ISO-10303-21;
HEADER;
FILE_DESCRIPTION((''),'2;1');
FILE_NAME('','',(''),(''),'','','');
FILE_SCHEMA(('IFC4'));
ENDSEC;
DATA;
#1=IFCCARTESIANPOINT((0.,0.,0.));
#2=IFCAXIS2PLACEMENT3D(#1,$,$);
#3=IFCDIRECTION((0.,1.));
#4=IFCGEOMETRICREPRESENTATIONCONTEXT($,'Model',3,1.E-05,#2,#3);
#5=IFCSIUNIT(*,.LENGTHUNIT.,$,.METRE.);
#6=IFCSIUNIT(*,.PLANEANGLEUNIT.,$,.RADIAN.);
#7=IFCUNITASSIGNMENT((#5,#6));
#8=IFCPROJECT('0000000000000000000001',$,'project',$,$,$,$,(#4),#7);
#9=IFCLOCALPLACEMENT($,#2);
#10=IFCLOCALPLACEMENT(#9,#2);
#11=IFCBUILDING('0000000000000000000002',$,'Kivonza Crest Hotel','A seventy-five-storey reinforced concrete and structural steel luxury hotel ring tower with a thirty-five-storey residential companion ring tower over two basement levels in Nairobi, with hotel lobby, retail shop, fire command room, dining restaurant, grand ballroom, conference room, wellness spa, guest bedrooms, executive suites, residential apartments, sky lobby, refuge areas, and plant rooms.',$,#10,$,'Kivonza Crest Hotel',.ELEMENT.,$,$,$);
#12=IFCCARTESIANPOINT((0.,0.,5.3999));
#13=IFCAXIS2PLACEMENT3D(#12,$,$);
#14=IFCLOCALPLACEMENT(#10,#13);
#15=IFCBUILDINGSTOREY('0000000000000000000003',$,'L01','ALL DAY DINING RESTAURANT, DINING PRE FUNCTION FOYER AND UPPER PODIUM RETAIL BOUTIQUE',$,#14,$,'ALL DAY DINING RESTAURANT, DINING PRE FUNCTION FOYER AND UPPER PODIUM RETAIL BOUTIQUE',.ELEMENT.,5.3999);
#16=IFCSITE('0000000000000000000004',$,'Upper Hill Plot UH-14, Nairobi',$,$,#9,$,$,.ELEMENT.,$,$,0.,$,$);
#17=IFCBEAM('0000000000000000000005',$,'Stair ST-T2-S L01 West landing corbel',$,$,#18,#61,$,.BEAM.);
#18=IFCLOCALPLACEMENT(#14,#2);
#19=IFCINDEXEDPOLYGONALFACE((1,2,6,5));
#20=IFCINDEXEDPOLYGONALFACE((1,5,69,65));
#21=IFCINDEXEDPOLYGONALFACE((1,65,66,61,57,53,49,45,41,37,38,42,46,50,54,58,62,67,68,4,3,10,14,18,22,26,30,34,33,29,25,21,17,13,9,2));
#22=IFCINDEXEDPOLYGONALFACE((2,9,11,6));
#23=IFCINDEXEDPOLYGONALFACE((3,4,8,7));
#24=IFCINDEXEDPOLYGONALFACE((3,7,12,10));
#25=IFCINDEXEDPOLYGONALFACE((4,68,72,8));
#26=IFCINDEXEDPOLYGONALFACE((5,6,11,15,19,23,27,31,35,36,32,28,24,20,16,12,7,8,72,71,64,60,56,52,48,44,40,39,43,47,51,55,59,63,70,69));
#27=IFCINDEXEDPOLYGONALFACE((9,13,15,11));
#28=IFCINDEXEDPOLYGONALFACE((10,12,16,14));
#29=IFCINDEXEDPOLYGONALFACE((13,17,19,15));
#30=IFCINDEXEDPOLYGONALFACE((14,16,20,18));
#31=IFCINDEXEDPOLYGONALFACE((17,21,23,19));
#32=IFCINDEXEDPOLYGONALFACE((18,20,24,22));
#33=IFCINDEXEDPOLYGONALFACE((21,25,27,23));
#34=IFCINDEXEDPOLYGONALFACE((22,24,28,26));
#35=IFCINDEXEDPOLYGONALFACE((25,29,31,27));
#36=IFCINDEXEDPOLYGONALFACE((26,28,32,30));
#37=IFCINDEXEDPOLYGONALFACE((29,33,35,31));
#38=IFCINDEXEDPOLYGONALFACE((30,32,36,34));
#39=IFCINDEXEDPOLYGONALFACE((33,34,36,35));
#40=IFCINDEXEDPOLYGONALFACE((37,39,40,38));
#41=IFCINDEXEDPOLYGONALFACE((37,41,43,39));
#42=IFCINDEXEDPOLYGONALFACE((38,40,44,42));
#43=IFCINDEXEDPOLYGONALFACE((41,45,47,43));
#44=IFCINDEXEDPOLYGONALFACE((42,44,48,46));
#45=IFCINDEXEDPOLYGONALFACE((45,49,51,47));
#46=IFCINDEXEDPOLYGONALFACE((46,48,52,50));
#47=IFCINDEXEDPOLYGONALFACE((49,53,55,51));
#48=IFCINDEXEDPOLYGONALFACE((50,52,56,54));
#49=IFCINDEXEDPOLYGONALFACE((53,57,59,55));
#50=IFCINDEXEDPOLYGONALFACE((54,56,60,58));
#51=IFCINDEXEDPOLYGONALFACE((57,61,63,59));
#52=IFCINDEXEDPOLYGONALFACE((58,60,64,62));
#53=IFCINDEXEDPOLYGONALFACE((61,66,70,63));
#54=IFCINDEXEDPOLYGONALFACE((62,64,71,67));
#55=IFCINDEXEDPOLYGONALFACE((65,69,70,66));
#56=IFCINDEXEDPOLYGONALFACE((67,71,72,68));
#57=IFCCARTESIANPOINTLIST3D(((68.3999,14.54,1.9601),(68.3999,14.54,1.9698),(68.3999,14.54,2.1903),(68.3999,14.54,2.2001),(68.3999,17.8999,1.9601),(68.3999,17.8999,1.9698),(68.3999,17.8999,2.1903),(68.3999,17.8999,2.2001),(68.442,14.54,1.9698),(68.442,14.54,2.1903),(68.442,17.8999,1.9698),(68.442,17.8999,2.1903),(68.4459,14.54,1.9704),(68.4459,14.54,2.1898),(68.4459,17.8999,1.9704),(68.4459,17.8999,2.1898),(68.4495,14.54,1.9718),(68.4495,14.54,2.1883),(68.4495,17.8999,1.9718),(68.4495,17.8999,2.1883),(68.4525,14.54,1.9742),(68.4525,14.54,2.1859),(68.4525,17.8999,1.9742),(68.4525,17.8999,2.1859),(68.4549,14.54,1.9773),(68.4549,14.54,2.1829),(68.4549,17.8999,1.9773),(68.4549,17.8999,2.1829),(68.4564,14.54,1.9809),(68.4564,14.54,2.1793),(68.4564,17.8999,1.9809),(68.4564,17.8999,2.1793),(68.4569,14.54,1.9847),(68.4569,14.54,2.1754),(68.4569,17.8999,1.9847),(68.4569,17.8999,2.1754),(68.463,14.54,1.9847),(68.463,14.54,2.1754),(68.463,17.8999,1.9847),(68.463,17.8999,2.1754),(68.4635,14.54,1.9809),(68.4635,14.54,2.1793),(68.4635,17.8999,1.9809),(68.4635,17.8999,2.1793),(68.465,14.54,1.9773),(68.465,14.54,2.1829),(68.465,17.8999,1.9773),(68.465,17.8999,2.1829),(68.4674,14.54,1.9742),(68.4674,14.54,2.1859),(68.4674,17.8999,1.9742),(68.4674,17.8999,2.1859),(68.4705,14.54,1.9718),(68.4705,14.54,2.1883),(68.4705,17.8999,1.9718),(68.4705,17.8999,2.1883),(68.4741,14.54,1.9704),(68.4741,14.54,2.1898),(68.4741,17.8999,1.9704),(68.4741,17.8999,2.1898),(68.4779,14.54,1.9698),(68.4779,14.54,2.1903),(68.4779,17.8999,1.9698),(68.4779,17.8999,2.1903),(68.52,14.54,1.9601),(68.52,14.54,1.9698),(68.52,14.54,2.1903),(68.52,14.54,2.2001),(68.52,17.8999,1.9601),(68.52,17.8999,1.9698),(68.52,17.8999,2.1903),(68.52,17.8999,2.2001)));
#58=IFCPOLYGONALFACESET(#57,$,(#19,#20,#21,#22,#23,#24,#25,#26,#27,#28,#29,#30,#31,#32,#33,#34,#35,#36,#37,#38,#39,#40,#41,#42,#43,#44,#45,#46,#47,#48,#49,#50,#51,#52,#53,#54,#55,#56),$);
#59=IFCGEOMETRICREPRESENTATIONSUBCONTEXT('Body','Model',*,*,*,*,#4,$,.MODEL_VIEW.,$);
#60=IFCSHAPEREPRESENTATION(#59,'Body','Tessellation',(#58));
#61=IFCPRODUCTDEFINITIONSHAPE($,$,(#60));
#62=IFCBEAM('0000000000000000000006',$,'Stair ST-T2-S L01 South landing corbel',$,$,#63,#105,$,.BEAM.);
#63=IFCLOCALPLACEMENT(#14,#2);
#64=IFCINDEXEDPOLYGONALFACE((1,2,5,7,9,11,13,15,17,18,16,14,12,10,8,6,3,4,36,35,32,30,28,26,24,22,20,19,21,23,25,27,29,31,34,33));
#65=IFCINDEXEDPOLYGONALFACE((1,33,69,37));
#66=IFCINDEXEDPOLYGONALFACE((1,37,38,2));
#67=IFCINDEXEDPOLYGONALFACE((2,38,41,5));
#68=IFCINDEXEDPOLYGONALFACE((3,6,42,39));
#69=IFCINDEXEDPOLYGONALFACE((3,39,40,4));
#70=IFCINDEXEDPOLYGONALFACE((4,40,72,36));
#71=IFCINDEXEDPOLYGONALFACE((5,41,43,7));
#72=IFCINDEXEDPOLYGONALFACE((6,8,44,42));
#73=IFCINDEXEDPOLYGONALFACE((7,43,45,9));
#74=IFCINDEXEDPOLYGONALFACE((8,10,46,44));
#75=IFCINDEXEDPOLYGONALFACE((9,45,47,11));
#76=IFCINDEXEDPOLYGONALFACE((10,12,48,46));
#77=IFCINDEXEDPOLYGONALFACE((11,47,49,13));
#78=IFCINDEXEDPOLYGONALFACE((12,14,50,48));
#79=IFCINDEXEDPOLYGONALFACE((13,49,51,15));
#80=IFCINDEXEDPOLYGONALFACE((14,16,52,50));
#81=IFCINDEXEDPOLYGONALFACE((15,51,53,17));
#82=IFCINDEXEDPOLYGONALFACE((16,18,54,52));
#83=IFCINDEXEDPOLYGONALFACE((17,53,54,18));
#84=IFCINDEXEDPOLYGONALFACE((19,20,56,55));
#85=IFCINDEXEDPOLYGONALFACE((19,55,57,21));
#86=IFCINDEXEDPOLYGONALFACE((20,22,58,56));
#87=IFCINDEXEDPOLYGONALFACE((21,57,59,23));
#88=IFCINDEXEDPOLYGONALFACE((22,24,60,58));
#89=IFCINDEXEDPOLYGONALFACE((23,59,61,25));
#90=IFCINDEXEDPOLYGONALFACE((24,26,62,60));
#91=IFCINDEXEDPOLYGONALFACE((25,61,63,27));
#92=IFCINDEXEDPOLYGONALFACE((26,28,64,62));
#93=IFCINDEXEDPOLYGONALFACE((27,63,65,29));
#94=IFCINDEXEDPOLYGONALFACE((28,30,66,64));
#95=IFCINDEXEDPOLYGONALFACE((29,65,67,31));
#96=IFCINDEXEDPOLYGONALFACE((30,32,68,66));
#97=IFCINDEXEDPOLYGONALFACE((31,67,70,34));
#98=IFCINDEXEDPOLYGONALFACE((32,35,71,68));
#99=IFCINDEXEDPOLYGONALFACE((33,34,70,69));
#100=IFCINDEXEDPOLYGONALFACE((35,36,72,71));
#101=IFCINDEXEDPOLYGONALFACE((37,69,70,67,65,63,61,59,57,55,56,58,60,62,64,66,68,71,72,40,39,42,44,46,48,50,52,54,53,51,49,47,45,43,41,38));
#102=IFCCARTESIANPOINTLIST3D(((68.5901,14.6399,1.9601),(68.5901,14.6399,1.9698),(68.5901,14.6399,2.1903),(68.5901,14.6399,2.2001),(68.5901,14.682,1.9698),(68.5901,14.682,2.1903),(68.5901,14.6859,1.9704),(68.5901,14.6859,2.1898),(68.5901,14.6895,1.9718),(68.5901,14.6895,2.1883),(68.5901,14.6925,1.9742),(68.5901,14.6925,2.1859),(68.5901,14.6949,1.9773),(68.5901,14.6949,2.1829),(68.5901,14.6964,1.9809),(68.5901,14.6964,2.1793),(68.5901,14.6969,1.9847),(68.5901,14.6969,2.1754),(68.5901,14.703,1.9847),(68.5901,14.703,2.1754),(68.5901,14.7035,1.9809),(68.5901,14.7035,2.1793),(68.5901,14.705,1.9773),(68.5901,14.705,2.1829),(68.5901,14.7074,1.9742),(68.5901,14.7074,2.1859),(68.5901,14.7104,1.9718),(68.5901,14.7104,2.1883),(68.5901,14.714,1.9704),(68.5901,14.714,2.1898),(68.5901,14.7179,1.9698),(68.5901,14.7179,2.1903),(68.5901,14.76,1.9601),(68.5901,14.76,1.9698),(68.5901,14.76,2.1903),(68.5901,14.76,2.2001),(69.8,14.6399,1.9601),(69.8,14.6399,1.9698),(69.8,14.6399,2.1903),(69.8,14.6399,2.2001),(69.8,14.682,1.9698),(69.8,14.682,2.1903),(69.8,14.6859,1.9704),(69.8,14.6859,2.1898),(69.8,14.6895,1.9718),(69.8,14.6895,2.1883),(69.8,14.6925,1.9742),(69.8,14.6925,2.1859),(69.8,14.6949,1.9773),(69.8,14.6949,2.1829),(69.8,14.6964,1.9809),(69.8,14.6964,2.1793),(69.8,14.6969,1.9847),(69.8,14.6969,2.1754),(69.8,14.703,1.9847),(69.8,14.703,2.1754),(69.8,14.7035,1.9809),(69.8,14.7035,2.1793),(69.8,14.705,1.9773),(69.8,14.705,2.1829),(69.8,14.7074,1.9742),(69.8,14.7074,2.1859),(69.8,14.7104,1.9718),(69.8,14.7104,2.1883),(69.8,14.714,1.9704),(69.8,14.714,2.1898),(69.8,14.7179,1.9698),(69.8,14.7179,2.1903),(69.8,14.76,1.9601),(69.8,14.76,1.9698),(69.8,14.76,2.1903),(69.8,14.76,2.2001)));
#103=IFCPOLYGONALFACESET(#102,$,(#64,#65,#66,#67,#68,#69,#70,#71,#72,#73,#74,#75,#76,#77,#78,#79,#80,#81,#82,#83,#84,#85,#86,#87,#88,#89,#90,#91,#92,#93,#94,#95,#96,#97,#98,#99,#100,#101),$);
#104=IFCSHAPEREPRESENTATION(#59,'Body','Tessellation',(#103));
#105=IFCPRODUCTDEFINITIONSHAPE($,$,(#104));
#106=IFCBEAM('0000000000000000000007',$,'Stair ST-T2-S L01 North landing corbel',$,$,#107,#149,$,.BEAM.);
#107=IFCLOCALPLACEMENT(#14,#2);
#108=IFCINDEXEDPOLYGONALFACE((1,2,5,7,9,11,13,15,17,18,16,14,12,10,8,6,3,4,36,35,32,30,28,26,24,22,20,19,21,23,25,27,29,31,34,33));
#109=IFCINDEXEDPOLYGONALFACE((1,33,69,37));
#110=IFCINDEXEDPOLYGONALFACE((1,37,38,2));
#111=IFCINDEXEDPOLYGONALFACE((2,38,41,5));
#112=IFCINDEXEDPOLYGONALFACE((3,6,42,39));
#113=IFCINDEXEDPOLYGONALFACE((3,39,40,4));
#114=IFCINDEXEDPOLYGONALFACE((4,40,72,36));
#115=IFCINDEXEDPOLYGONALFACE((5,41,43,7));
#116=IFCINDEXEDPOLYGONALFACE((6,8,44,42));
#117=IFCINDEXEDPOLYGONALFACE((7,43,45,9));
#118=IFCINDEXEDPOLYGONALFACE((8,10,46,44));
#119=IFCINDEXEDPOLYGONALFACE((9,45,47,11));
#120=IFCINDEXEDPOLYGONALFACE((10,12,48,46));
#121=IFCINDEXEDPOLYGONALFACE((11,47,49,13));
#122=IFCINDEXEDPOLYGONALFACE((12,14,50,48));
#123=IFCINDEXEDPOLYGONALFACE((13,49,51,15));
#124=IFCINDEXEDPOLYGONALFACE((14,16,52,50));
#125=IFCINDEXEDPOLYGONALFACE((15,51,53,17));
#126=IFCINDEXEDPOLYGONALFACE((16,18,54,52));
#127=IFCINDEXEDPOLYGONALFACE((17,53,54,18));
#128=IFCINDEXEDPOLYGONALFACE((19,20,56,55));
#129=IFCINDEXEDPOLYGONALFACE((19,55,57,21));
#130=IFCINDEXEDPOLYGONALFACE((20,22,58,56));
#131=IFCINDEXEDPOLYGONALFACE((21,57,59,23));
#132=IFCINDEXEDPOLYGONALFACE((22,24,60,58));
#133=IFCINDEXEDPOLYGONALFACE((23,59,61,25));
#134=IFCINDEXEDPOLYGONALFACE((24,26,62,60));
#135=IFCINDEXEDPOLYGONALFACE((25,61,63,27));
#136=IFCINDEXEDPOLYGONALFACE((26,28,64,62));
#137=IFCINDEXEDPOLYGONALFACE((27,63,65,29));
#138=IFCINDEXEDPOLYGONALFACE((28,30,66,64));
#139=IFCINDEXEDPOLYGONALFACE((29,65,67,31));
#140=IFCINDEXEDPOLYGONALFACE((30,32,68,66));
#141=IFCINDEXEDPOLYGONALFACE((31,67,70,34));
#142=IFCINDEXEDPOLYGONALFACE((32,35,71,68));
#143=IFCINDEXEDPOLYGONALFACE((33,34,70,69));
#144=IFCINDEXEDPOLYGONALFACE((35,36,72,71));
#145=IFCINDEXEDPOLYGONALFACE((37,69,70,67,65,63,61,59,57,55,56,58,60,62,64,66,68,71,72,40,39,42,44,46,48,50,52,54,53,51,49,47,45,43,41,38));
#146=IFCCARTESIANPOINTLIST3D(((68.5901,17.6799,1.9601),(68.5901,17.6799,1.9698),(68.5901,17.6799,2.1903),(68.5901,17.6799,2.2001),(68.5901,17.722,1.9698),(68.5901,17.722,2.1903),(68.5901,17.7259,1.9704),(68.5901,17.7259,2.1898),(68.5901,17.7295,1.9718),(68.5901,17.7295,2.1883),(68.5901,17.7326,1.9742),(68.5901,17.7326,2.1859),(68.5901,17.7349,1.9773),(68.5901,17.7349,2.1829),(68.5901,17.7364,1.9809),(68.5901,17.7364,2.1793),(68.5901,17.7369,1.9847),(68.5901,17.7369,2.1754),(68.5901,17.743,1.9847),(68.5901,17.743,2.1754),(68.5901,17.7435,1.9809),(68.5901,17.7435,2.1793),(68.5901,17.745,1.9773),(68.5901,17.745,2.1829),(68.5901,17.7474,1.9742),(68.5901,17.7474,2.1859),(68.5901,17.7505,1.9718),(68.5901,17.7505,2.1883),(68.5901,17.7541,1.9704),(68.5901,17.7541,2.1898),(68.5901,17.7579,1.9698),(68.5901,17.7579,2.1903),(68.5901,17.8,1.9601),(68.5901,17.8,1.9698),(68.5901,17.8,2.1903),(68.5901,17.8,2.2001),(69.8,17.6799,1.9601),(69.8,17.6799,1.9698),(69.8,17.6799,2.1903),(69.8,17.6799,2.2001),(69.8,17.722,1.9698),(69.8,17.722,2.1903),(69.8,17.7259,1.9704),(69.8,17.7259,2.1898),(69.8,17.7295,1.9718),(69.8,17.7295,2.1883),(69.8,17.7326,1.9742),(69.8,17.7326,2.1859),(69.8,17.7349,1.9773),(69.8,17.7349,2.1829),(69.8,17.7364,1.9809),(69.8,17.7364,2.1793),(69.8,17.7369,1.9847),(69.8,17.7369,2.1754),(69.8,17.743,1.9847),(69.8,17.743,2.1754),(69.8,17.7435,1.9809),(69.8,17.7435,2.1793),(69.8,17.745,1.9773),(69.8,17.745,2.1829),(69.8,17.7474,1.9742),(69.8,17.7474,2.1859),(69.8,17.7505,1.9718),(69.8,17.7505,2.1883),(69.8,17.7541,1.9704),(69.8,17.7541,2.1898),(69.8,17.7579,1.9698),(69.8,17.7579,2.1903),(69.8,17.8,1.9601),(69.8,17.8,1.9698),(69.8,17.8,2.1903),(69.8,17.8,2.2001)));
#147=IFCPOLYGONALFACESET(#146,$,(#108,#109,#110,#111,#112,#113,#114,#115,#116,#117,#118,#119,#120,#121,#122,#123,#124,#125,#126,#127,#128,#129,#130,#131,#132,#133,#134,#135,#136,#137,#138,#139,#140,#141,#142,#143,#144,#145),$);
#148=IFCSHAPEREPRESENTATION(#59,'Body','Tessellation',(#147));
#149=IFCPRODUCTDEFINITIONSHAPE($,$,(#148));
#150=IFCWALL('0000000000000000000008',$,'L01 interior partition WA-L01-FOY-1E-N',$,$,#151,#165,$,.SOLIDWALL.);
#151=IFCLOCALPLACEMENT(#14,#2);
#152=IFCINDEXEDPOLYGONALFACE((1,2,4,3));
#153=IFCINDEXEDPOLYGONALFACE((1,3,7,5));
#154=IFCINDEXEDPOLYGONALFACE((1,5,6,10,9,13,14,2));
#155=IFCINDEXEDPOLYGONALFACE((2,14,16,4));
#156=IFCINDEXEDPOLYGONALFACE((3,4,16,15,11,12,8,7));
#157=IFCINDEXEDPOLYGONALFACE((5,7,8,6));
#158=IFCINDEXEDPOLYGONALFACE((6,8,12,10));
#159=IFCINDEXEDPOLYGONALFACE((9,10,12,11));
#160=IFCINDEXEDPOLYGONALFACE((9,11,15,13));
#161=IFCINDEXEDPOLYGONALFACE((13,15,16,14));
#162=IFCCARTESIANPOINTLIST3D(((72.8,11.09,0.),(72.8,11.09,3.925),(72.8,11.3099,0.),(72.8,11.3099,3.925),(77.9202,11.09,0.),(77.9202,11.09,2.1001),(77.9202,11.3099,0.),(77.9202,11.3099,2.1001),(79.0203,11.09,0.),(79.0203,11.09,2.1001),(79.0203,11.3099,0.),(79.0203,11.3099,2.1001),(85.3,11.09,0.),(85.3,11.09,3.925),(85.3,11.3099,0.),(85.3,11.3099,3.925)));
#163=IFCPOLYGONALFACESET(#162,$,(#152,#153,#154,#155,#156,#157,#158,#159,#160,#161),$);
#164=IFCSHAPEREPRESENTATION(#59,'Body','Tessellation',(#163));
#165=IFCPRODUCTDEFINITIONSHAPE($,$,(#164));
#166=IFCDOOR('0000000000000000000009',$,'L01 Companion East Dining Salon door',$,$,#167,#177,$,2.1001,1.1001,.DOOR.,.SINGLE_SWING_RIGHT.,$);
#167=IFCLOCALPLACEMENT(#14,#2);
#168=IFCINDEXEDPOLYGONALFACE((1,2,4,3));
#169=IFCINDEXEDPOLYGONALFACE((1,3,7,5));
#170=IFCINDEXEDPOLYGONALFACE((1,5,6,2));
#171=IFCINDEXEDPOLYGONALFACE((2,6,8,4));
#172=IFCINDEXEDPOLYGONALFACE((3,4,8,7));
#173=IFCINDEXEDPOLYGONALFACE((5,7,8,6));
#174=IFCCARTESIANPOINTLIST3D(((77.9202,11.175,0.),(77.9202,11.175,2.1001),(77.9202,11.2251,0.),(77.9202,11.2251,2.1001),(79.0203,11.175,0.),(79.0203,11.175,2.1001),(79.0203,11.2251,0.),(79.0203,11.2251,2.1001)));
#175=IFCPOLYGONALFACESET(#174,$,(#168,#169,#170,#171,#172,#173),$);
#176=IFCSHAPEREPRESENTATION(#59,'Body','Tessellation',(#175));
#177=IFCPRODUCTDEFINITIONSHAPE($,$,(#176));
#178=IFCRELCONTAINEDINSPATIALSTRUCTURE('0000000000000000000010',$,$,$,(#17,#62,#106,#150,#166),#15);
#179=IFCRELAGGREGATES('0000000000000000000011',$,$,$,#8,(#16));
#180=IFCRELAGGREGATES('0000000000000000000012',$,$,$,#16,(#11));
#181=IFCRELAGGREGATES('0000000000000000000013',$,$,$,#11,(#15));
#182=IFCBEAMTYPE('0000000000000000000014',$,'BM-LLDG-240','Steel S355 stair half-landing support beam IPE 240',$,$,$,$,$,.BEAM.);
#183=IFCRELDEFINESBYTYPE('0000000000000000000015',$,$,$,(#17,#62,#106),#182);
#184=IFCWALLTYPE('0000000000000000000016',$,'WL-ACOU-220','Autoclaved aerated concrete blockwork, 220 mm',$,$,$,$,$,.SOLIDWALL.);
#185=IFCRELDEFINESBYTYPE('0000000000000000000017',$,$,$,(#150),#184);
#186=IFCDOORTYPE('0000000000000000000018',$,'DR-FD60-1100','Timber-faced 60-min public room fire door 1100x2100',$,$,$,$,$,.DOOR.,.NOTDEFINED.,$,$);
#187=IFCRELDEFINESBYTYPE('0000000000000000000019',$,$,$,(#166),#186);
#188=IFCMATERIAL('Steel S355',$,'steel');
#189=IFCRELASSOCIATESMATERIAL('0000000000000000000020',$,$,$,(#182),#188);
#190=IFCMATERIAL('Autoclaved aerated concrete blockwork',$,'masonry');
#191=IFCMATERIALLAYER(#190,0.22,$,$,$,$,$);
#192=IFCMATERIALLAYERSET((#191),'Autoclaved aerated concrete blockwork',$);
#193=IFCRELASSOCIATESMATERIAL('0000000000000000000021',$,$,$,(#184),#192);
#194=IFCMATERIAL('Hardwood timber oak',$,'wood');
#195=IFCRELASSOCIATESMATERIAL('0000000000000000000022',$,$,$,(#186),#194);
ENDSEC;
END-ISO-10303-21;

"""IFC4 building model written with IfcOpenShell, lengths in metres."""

from ifc_helpers import new_model, si_unit, direction, frame, frame_2d, origin, origin_2d, place, context, subcontext, project, spatial, rectangle, i_section, extrude, material, layer, layer_set, material_profile, profile_set, type_object, element, fill, save


model = new_model("IFC4")

# Units and contexts
model_context = context("Model", 3, precision=1e-05, world=origin(), true_north=direction((0.0, 1.0)))
body_context = subcontext(model_context, "Body", "Model", "MODEL_VIEW")
ifc_project = project(units=[si_unit("LENGTHUNIT", "METRE"), si_unit("PLANEANGLEUNIT", "RADIAN")], contexts=[model_context])

# Site, building, storey
site_placement = place(None, origin())
site = spatial("IfcSite", under=ifc_project, at=site_placement, Name="Upper Hill Plot UH-14, Nairobi", CompositionType="ELEMENT", RefElevation=0.0)
building_placement = place(site_placement, origin())
building = spatial("IfcBuilding", under=site, at=building_placement, Name="Kivonza Crest Hotel", Description="A seventy-five-storey reinforced concrete and structural steel luxury hotel ring tower with a thirty-five-storey residential companion ring tower over two basement levels in Nairobi, with hotel lobby, retail shop, fire command room, dining restaurant, grand ballroom, conference room, wellness spa, guest bedrooms, executive suites, residential apartments, sky lobby, refuge areas, and plant rooms.", LongName="Kivonza Crest Hotel", CompositionType="ELEMENT")
storey_placement = place(building_placement, frame((0.0, 0.0, 5.3999)))
storey = spatial("IfcBuildingStorey", under=building, at=storey_placement, Name="L01", Description="ALL DAY DINING RESTAURANT, DINING PRE FUNCTION FOYER AND UPPER PODIUM RETAIL BOUTIQUE", LongName="ALL DAY DINING RESTAURANT, DINING PRE FUNCTION FOYER AND UPPER PODIUM RETAIL BOUTIQUE", CompositionType="ELEMENT", Elevation=5.3999)

# Beams
ifc_material_1 = material(Name="Steel S355", Category="steel")
ifc_material_profile_1 = material_profile(ifc_material_1, i_section(OverallWidth=0.1201, OverallDepth=0.24, WebThickness=0.0061, FlangeThickness=0.0098, FilletRadius=0.0149, at=origin_2d()), Name="IPE 240")
ifc_profile_set_1 = profile_set([ifc_material_profile_1], Name="Steel S355")
beam_type_1 = type_object("IfcBeamType", Name="BM-LLDG-240", Description="Steel S355 stair half-landing support beam IPE 240", PredefinedType="BEAM", material=ifc_profile_set_1)
beam_1_placement = place(storey_placement, frame((68.46, 14.54, 2.0801), z_axis=(0.0, 1.0, 0.0), x_axis=(-1.0, 0.0, 0.0)))
element("IfcBeam", 1, at=beam_1_placement, inside=storey, type_object=beam_type_1, Name="Stair ST-T2-S L01 West landing corbel", PredefinedType="BEAM", context=body_context, shape_type="SweptSolid", body=[
    extrude(i_section(OverallWidth=0.1201, OverallDepth=0.24, WebThickness=0.0061, FlangeThickness=0.0098, FilletRadius=0.0149, at=origin_2d()), origin(), (0.0, 0.0, 1.0), 3.3599),
])
for number, where, z_axis, x_axis, name in (
    (2, (68.5901, 14.7, 2.0801), (1.0, 0.0, 0.0), (0.0, 1.0, 0.0), "Stair ST-T2-S L01 South landing corbel"),
    (3, (68.5901, 17.74, 2.0801), (1.0, 0.0, 0.0), (0.0, 1.0, 0.0), "Stair ST-T2-S L01 North landing corbel"),
):
    element("IfcBeam", number, at=place(storey_placement, frame(where, z_axis=z_axis, x_axis=x_axis)), inside=storey, type_object=beam_type_1, Name=name, PredefinedType="BEAM", context=body_context, shape_type="SweptSolid", body=[
        extrude(i_section(OverallWidth=0.1201, OverallDepth=0.24, WebThickness=0.0061, FlangeThickness=0.0098, FilletRadius=0.0149, at=origin_2d()), origin(), (0.0, 0.0, 1.0), 1.21),
    ])

# Wall, opening, door
ifc_material_2 = material(Name="Autoclaved aerated concrete blockwork", Category="masonry")
ifc_layer_1 = layer(ifc_material_2, 0.22)
ifc_layer_set_1 = layer_set([ifc_layer_1], Name="Autoclaved aerated concrete blockwork")
wall_type_1 = type_object("IfcWallType", Name="WL-ACOU-220", Description="Autoclaved aerated concrete blockwork, 220 mm", PredefinedType="SOLIDWALL", material=ifc_layer_set_1)
wall_1_placement = place(storey_placement, frame((72.8, 11.2, 0.0), z_axis=(0.0, 0.0, 1.0), x_axis=(1.0, 0.0, 0.0)))
wall_1 = element("IfcWall", 4, at=wall_1_placement, inside=storey, type_object=wall_type_1, Name="L01 interior partition WA-L01-FOY-1E-N", PredefinedType="SOLIDWALL", context=body_context, shape_type="SweptSolid", body=[
    extrude(rectangle(XDim=12.5, YDim=0.22, at=frame_2d((6.25, 0.0))), origin(), (0.0, 0.0, 1.0), 3.925),
])
opening_1_placement = place(wall_1_placement, frame((5.1201, 0.0, 0.0)))
opening_1 = element("IfcOpeningElement", 5, at=opening_1_placement, cuts=wall_1, PredefinedType="OPENING", context=body_context, shape_type="SweptSolid", body=[
    extrude(rectangle(XDim=1.1001, YDim=2.1001, at=frame_2d((0.55, 1.05))), frame((0.0, 0.1201, 0.0), z_axis=(0.0, -1.0, 0.0), x_axis=(1.0, 0.0, 0.0)), (0.0, 0.0, 1.0), 0.24),
])
ifc_material_3 = material(Name="Hardwood timber oak", Category="wood")
door_type_1 = type_object("IfcDoorType", Name="DR-FD60-1100", Description="Timber-faced 60-min public room fire door 1100x2100", OperationType="NOTDEFINED", PredefinedType="DOOR", material=ifc_material_3)
door_1_placement = place(opening_1_placement, frame((1.1001, 0.0, 0.0), z_axis=(0.0, 0.0, 1.0), x_axis=(-1.0, 0.0, 0.0)))
door_1 = element("IfcDoor", 6, at=door_1_placement, inside=storey, type_object=door_type_1, Name="L01 Companion East Dining Salon door", OperationType="SINGLE_SWING_RIGHT", OverallHeight=2.1001, OverallWidth=1.1001, PredefinedType="DOOR", context=body_context, shape_type="SweptSolid", body=[
    extrude(rectangle(XDim=1.1001, YDim=2.1001, at=frame_2d((0.55, 1.05))), frame((0.0, 0.0249, 0.0), z_axis=(0.0, -1.0, 0.0), x_axis=(1.0, 0.0, 0.0)), (0.0, 0.0, 1.0), 0.05),
])
fill(opening_1, door_1)

save(model, "model.ifc")
